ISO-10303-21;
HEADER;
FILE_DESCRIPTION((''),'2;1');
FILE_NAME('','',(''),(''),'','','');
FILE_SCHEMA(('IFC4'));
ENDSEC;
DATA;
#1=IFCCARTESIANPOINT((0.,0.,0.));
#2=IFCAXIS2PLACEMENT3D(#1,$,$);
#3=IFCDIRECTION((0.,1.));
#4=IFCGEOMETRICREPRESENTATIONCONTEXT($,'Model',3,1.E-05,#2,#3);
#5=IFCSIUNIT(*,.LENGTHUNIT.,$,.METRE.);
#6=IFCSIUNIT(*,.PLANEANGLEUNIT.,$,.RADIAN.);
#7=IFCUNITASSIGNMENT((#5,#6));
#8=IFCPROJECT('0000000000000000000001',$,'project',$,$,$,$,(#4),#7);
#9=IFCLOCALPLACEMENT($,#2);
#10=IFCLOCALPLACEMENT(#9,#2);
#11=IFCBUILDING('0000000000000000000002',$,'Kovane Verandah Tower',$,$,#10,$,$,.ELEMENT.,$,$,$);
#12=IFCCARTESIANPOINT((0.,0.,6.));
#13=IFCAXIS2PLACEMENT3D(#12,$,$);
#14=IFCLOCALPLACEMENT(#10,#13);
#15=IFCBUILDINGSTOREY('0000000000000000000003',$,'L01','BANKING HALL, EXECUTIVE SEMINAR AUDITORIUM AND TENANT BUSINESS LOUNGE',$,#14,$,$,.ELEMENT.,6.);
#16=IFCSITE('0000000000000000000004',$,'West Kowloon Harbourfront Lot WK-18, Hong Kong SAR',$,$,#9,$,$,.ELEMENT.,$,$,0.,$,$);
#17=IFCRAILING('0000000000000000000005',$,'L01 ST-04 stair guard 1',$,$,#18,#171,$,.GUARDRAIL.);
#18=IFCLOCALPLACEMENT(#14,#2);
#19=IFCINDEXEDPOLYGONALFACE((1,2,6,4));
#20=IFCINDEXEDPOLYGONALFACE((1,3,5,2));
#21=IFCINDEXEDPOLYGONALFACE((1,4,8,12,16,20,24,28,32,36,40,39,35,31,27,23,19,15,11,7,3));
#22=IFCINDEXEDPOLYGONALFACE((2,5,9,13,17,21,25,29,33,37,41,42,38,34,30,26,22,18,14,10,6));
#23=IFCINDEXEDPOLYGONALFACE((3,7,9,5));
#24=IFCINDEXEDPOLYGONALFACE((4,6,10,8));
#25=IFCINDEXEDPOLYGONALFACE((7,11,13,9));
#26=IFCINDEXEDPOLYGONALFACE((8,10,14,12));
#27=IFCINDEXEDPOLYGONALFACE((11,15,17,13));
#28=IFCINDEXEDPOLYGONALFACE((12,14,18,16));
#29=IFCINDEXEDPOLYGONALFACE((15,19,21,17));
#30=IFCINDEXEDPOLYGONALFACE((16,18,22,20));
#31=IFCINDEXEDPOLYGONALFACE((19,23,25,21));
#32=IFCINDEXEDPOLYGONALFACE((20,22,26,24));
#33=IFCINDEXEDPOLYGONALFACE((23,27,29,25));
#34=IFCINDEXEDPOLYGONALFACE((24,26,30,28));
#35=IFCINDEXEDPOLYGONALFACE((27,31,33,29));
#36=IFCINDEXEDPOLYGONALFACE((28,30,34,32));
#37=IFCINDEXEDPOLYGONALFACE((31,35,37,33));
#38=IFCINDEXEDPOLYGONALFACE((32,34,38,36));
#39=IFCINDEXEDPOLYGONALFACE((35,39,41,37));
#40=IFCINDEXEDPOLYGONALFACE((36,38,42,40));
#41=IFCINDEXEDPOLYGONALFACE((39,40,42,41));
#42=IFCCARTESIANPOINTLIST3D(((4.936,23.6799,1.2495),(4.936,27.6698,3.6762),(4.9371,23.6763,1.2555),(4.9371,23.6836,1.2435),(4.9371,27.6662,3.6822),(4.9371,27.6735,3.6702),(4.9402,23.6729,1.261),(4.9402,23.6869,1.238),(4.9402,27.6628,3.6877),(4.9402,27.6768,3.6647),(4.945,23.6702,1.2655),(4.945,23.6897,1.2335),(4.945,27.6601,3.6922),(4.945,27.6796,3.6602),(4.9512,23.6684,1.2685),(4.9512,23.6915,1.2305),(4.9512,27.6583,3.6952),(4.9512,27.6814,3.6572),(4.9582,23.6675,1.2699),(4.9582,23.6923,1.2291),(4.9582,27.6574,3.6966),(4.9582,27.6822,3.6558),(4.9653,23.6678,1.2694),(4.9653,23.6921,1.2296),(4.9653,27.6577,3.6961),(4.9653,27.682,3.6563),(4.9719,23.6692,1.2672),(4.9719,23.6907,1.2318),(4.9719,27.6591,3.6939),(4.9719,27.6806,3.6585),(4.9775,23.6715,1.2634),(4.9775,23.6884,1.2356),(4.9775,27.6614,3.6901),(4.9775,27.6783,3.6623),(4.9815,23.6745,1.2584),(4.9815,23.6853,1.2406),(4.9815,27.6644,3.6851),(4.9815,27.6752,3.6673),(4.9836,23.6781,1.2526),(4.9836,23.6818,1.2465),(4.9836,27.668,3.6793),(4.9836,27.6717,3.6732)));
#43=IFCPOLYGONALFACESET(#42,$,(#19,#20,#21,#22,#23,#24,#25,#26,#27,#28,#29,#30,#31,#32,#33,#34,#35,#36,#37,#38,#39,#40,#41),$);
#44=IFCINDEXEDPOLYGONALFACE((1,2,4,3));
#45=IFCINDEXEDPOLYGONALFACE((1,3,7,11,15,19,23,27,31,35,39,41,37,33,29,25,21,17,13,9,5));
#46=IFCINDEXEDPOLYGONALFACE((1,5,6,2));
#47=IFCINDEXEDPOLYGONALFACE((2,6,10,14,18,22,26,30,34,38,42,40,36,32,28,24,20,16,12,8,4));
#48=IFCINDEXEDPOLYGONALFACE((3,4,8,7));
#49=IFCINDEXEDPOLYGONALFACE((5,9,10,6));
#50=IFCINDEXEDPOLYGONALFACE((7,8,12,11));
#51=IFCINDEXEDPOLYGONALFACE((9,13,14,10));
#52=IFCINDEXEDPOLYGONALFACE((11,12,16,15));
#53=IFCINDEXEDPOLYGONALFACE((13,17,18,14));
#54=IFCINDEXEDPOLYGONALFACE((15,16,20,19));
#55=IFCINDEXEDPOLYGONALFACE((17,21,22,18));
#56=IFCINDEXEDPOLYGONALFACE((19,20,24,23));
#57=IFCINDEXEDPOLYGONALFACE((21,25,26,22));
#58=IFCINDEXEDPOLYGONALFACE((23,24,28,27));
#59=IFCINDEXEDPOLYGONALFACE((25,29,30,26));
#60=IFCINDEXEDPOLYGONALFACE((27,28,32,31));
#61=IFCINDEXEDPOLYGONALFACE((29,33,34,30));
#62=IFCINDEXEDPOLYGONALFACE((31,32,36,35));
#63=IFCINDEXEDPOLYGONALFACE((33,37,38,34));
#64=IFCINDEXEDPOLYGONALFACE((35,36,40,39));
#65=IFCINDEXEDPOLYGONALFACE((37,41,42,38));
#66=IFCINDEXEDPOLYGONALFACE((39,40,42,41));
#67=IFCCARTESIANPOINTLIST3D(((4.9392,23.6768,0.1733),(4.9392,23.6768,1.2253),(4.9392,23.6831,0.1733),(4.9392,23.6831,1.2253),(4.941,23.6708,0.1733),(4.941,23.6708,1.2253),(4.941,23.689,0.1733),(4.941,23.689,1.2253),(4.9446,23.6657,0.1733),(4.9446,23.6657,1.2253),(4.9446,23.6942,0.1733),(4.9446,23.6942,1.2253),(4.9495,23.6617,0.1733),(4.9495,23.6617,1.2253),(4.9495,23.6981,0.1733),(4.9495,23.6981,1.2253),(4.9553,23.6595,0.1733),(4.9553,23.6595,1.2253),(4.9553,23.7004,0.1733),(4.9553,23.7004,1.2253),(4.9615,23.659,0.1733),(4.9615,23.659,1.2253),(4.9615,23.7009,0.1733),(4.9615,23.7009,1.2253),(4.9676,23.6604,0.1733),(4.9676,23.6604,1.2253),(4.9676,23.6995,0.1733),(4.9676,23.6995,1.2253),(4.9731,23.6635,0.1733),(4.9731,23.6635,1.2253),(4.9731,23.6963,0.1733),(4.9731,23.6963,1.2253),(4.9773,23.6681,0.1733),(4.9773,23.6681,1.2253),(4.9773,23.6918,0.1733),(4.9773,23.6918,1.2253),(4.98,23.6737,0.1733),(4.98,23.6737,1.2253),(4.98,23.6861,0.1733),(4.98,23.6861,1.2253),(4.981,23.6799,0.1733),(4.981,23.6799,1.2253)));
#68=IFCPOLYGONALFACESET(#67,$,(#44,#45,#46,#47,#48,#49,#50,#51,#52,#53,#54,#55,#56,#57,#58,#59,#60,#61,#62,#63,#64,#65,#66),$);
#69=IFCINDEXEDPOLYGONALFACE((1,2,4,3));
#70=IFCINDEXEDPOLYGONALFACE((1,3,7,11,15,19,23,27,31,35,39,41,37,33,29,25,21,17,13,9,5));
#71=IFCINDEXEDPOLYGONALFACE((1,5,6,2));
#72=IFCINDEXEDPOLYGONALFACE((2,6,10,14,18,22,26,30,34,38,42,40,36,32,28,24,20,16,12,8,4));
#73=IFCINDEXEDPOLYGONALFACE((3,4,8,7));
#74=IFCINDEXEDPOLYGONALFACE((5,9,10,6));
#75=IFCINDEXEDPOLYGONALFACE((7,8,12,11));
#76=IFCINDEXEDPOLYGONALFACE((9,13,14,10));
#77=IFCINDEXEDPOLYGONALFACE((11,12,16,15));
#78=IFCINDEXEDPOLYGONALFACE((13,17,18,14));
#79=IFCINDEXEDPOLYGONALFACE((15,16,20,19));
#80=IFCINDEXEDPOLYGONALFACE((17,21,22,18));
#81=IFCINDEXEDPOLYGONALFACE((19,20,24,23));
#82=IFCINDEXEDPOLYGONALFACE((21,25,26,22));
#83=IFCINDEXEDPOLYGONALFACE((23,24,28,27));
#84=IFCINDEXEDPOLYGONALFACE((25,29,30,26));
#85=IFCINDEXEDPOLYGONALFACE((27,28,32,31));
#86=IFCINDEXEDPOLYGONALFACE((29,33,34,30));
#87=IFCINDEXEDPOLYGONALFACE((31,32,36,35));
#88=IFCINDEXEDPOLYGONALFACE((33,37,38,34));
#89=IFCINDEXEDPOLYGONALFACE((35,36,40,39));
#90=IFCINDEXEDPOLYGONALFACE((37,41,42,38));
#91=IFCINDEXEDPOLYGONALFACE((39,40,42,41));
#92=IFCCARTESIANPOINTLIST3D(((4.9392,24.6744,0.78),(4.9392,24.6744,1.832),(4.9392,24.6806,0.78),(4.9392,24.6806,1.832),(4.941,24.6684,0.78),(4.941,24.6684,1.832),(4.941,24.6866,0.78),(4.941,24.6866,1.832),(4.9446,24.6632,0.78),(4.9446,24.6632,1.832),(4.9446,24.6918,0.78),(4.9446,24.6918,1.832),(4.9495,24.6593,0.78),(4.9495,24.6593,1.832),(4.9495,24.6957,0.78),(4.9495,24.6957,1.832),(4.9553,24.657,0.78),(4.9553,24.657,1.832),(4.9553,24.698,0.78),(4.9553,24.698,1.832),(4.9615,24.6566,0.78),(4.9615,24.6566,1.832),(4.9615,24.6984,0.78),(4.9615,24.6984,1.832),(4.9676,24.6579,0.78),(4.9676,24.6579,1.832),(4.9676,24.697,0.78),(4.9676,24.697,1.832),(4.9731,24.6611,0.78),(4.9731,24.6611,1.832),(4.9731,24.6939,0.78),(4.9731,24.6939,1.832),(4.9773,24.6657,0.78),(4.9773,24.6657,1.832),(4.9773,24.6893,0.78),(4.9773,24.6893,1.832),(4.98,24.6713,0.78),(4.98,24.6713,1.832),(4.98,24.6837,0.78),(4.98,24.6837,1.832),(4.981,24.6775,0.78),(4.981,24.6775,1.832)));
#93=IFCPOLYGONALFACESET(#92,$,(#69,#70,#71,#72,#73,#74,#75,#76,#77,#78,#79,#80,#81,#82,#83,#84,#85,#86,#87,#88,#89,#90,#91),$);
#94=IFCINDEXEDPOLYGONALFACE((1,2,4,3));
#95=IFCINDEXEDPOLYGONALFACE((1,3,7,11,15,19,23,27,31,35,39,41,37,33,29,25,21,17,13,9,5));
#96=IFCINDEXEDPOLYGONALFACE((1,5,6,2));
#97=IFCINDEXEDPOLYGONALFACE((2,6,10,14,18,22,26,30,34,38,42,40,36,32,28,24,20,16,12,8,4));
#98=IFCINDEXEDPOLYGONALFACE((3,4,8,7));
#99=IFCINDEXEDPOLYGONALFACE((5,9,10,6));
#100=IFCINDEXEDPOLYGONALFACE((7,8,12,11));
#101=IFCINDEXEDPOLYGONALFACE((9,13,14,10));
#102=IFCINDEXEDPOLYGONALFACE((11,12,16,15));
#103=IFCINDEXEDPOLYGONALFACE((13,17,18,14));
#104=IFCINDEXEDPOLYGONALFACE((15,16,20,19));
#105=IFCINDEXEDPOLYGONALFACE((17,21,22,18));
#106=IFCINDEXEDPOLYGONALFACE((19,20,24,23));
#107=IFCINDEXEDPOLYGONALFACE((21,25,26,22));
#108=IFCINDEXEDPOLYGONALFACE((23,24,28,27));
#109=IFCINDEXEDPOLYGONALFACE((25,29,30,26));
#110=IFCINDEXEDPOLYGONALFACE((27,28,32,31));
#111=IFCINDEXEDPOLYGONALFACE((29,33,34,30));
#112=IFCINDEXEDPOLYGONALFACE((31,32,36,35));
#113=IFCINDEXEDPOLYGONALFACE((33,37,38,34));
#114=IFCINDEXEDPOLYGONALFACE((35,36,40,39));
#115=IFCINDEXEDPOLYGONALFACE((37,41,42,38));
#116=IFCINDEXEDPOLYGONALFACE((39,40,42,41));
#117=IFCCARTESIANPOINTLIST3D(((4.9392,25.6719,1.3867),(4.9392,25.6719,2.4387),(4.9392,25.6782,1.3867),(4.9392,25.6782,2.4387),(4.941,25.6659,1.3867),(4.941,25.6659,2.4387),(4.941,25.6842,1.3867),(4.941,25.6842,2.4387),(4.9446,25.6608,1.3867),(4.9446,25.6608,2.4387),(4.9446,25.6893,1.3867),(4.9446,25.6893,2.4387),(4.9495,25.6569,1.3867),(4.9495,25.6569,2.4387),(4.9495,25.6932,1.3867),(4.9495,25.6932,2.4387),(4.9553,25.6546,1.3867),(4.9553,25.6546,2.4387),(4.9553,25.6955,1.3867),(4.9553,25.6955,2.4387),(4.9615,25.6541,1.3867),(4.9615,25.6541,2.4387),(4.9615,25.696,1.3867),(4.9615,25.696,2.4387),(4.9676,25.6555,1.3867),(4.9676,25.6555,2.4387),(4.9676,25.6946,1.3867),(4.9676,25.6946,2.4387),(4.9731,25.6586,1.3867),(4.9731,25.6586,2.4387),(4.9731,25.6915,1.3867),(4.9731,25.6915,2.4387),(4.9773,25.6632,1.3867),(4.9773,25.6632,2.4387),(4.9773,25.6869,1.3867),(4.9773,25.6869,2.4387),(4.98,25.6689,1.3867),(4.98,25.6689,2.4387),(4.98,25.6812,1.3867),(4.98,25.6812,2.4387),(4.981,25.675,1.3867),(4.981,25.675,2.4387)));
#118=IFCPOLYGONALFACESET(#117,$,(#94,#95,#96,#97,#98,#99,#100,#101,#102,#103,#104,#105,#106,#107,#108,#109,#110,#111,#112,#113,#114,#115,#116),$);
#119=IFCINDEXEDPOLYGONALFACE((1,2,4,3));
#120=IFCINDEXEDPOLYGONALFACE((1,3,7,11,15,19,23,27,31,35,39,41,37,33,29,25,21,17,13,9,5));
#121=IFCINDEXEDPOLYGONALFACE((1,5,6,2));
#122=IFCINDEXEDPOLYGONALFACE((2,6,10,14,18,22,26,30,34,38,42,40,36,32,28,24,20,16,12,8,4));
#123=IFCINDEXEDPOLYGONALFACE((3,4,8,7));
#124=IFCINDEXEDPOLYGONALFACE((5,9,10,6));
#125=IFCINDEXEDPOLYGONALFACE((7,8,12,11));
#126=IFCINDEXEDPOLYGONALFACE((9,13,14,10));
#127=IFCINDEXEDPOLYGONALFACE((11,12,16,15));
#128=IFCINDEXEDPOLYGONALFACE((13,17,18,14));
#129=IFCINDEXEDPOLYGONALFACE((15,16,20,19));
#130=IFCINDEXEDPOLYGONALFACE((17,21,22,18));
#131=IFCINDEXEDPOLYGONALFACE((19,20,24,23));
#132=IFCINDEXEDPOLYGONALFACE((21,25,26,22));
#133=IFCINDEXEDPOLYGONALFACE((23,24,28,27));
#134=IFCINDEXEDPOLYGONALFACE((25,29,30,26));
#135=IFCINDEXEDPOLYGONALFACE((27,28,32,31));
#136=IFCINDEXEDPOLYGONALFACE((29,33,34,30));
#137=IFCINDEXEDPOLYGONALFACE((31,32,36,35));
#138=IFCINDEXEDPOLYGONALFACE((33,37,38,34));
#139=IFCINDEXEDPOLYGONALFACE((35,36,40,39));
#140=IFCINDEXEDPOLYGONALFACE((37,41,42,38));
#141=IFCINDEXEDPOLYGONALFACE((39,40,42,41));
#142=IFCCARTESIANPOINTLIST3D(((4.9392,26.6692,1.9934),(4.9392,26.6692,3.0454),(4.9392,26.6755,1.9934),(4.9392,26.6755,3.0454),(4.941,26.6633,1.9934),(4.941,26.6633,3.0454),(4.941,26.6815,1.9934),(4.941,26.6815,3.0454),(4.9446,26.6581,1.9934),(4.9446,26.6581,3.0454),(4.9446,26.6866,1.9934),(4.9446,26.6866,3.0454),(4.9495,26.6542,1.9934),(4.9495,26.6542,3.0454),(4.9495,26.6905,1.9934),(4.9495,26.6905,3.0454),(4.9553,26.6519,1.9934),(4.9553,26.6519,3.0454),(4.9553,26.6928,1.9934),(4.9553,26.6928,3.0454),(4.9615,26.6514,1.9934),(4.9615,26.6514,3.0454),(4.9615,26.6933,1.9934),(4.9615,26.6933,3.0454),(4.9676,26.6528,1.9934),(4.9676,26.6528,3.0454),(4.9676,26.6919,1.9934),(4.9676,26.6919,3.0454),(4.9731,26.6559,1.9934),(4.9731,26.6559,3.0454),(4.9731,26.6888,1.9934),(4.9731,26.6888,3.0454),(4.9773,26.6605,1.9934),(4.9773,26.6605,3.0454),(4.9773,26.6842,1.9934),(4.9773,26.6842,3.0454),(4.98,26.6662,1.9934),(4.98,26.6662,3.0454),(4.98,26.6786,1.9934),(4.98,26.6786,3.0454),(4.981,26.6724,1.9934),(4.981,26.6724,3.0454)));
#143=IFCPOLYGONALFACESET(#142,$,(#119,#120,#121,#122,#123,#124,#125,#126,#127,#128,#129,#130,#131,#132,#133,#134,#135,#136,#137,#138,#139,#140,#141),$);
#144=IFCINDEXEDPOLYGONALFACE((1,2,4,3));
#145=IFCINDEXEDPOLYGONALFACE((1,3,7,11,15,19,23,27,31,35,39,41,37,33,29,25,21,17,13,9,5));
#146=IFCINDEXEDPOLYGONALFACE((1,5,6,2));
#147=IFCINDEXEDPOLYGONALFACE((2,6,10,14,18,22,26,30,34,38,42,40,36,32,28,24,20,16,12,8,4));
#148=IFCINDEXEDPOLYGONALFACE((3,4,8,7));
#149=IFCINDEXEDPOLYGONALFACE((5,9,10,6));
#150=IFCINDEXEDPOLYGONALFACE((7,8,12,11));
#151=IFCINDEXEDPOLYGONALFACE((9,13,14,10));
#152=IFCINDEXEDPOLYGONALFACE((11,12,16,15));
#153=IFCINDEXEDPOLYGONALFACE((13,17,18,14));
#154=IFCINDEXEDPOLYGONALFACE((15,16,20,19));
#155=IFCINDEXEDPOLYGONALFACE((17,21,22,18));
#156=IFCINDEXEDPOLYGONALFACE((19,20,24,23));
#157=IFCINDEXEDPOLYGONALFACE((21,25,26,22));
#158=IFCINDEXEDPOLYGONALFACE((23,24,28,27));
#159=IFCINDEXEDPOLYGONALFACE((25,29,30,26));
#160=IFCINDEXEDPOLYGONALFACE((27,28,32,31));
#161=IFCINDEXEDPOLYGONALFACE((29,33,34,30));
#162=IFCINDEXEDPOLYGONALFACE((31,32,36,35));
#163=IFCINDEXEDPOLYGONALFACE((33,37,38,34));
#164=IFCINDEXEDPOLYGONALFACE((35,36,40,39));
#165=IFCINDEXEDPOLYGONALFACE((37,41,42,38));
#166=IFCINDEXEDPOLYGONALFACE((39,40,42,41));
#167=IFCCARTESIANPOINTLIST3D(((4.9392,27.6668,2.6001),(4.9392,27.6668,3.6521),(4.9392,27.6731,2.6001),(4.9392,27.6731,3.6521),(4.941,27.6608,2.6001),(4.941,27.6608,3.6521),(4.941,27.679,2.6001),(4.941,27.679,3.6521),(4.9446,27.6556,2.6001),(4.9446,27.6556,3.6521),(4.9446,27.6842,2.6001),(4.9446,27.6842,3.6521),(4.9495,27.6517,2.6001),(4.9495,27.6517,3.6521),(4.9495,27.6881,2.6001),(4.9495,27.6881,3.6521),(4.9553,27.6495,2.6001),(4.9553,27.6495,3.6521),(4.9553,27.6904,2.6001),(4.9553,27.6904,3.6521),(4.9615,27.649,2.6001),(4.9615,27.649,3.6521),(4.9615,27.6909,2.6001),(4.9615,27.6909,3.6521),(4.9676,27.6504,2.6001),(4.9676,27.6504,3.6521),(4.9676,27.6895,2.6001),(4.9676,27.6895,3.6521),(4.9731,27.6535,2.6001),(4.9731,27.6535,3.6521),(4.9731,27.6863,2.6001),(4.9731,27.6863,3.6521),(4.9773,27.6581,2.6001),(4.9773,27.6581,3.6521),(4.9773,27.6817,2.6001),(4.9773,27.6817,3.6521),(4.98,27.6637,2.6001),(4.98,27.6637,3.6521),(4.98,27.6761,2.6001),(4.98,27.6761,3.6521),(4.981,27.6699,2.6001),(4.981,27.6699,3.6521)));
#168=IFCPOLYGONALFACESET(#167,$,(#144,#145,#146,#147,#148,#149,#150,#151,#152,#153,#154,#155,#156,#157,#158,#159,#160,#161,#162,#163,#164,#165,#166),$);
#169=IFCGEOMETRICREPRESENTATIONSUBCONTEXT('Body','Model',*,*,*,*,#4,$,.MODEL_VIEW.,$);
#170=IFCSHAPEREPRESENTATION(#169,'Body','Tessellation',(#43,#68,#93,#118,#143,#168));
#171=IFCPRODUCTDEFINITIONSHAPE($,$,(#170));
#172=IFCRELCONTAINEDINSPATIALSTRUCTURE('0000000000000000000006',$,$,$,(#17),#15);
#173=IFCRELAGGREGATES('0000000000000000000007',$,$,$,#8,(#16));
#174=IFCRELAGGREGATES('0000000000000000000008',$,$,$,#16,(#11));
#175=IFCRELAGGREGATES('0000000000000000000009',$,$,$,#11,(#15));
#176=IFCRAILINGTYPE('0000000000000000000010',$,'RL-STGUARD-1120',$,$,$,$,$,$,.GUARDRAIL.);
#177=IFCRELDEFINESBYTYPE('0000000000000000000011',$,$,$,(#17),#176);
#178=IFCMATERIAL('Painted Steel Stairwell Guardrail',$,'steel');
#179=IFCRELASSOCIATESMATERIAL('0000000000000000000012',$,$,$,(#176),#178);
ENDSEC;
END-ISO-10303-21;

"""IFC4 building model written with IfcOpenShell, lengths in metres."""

from ifc_helpers import new_model, si_unit, direction, frame, origin, origin_2d, place, context, subcontext, project, spatial, circle, extrude, material, type_object, element, save


model = new_model("IFC4")

# Units and contexts
model_context = context("Model", 3, precision=1e-05, world=origin(), true_north=direction((0.0, 1.0)))
body_context = subcontext(model_context, "Body", "Model", "MODEL_VIEW")
ifc_project = project(units=[si_unit("LENGTHUNIT", "METRE"), si_unit("PLANEANGLEUNIT", "RADIAN")], contexts=[model_context])

# Site, building, storey
site_placement = place(None, origin())
site = spatial("IfcSite", under=ifc_project, at=site_placement, Name="West Kowloon Harbourfront Lot WK-18, Hong Kong SAR", CompositionType="ELEMENT", RefElevation=0.0)
building_placement = place(site_placement, origin())
building = spatial("IfcBuilding", under=site, at=building_placement, Name="Kovane Verandah Tower", CompositionType="ELEMENT")
storey_placement = place(building_placement, frame((0.0, 0.0, 6.0)))
storey = spatial("IfcBuildingStorey", under=building, at=storey_placement, Name="L01", Description="BANKING HALL, EXECUTIVE SEMINAR AUDITORIUM AND TENANT BUSINESS LOUNGE", CompositionType="ELEMENT", Elevation=6.0)

# Railing
ifc_material_1 = material(Name="Painted Steel Stairwell Guardrail", Category="steel")
railing_type_1 = type_object("IfcRailingType", Name="RL-STGUARD-1120", PredefinedType="GUARDRAIL", material=ifc_material_1)
railing_1_placement = place(storey_placement, frame((4.96, 23.6799, 0.1733)))
element("IfcRailing", 1, at=railing_1_placement, inside=storey, type_object=railing_type_1, Name="L01 ST-04 stair guard 1", PredefinedType="GUARDRAIL", context=body_context, shape_type="SweptSolid", body=[
    extrude(circle(Radius=0.0239, at=origin_2d()), frame((0.0, 0.0, 1.0762), z_axis=(0.0, 0.854382, 0.519645), x_axis=(-1.0, 0.0, 0.0)), (0.0, 0.0, 1.0), 4.6699),
    extrude(circle(Radius=0.021, at=origin_2d()), origin(), (0.0, 0.0, 1.0), 1.052),
    extrude(circle(Radius=0.021, at=origin_2d()), frame((0.0, 0.9976, 0.6067)), (0.0, 0.0, 1.0), 1.052),
    extrude(circle(Radius=0.021, at=origin_2d()), frame((0.0, 1.9951, 1.2134)), (0.0, 0.0, 1.0), 1.052),
    extrude(circle(Radius=0.021, at=origin_2d()), frame((0.0, 2.9924, 1.8201)), (0.0, 0.0, 1.0), 1.052),
    extrude(circle(Radius=0.021, at=origin_2d()), frame((0.0, 3.99, 2.4268)), (0.0, 0.0, 1.0), 1.052),
])

save(model, "model.ifc")
